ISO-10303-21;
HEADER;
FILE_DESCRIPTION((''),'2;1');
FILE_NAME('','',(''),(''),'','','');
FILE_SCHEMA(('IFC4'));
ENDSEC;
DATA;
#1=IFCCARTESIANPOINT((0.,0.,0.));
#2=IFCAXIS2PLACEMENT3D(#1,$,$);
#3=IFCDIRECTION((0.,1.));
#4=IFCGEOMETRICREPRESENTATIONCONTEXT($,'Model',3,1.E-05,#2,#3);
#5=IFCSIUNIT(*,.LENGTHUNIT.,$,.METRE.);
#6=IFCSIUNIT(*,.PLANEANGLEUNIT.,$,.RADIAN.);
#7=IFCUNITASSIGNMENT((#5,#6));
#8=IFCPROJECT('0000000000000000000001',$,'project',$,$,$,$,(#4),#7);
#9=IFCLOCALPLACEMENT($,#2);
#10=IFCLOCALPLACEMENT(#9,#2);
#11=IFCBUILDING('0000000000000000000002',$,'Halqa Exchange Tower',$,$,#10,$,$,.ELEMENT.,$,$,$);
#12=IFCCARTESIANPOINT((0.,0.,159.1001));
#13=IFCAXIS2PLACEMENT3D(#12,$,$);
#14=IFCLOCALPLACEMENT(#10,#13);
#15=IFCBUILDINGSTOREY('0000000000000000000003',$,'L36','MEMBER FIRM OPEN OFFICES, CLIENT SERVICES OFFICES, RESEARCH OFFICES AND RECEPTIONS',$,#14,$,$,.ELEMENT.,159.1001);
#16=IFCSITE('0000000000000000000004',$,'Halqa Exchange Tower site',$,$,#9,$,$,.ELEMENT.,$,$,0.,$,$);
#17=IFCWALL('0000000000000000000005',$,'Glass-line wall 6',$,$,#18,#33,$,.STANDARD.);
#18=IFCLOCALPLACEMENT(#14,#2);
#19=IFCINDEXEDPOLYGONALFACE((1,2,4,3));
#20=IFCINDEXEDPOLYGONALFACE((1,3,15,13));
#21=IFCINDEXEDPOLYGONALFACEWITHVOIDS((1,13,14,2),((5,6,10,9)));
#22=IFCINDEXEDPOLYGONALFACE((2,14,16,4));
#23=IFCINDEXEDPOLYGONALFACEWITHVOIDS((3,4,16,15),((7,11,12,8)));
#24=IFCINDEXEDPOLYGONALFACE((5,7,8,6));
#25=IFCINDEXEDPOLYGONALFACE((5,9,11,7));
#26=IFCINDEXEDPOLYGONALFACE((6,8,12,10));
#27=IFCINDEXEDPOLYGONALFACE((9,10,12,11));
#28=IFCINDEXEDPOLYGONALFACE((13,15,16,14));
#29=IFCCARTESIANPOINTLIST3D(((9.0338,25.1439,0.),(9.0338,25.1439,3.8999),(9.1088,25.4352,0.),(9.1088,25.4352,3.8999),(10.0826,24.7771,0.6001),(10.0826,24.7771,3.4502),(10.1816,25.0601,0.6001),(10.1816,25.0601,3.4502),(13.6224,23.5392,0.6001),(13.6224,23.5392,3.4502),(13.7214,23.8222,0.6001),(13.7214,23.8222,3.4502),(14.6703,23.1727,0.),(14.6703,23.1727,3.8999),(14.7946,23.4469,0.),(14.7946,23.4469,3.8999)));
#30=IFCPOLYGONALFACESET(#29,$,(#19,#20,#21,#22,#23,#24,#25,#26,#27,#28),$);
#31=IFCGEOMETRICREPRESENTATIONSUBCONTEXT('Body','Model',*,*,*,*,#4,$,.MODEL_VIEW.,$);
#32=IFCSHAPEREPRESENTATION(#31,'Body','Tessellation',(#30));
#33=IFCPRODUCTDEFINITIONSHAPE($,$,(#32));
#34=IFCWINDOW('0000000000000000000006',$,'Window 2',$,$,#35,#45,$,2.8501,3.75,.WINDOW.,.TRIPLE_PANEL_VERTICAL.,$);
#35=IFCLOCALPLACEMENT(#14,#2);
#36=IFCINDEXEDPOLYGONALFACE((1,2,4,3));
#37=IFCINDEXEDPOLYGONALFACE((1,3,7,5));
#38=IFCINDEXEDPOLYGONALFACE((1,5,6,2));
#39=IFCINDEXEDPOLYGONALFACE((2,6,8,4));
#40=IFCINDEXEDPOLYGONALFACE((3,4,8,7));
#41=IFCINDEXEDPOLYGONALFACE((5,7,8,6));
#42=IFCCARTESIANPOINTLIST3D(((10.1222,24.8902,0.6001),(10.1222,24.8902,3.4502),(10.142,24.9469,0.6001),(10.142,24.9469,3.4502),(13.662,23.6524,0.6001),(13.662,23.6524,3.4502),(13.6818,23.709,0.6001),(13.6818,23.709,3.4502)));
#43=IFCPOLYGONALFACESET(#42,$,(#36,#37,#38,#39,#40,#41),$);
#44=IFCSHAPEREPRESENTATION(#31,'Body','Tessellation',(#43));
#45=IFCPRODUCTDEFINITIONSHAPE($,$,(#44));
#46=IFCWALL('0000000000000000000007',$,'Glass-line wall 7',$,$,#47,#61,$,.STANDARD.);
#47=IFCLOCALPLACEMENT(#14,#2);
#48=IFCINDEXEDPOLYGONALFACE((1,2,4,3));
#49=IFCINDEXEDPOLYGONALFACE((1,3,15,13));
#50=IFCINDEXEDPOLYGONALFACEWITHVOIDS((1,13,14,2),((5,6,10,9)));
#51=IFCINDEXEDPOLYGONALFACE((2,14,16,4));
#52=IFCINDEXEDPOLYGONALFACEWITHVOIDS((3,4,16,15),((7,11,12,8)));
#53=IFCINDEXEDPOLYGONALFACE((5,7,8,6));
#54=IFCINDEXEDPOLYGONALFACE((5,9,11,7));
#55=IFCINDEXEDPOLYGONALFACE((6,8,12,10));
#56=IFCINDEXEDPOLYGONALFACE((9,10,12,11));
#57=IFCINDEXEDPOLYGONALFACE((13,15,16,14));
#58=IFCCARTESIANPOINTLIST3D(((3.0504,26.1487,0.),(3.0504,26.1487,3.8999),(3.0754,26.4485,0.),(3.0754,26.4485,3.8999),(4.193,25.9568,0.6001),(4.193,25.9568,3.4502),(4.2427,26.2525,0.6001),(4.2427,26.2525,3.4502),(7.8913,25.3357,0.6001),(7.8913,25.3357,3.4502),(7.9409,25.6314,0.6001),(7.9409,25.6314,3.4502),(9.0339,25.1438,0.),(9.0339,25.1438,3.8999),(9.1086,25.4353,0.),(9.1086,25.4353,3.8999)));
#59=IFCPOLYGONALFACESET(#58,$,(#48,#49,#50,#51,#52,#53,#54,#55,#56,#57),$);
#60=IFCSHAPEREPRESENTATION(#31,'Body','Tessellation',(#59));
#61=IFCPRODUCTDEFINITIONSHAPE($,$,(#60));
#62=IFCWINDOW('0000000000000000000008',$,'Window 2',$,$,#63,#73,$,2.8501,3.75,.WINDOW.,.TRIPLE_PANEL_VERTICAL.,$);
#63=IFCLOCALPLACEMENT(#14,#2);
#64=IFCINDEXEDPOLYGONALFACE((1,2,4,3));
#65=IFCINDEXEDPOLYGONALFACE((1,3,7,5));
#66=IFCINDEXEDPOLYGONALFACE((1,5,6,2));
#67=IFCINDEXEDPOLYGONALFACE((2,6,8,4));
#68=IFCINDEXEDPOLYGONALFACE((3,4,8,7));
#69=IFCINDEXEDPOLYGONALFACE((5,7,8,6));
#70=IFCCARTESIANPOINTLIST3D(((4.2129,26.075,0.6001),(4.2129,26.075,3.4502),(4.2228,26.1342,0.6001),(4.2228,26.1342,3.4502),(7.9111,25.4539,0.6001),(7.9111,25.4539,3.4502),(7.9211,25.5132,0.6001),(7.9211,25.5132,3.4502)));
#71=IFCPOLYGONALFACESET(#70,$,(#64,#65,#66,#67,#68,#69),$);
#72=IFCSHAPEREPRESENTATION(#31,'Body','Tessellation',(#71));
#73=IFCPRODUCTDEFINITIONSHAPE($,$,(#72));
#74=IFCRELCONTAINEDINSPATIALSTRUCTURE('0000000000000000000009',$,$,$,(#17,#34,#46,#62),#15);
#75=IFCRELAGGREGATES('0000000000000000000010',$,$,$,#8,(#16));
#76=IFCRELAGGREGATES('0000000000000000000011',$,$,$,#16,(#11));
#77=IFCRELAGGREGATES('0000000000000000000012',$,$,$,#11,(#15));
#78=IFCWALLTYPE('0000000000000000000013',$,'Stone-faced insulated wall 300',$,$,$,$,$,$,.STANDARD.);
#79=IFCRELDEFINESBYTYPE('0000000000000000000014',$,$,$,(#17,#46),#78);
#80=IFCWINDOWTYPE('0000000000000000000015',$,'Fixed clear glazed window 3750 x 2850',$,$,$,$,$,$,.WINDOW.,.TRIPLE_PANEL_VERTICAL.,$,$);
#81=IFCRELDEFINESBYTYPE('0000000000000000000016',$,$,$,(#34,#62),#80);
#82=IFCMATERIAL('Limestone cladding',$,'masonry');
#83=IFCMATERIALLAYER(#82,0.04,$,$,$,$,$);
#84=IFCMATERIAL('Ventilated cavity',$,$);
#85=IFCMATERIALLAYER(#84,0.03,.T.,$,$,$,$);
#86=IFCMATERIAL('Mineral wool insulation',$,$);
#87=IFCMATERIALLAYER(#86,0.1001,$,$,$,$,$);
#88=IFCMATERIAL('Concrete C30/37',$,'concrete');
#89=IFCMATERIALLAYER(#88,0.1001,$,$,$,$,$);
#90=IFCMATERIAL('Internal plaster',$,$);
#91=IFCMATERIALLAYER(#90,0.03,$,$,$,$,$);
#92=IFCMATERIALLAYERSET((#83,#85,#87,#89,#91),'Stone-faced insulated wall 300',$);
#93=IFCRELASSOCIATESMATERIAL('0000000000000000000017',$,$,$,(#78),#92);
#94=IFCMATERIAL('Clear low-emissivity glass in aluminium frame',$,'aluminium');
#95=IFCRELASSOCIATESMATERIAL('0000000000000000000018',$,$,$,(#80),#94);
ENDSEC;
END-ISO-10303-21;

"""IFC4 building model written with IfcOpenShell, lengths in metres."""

from ifc_helpers import new_model, si_unit, direction, frame, frame_2d, origin, place, context, subcontext, project, spatial, polyline, rectangle, outline, extrude, material, layer, layer_set, type_object, element, fill, save


model = new_model("IFC4")

# Units and contexts
model_context = context("Model", 3, precision=1e-05, world=origin(), true_north=direction((0.0, 1.0)))
body_context = subcontext(model_context, "Body", "Model", "MODEL_VIEW")
ifc_project = project(units=[si_unit("LENGTHUNIT", "METRE"), si_unit("PLANEANGLEUNIT", "RADIAN")], contexts=[model_context])

# Site, building, storey
site_placement = place(None, origin())
site = spatial("IfcSite", under=ifc_project, at=site_placement, Name="Halqa Exchange Tower site", CompositionType="ELEMENT", RefElevation=0.0)
building_placement = place(site_placement, origin())
building = spatial("IfcBuilding", under=site, at=building_placement, Name="Halqa Exchange Tower", CompositionType="ELEMENT")
storey_placement = place(building_placement, frame((0.0, 0.0, 159.1001)))
storey = spatial("IfcBuildingStorey", under=building, at=storey_placement, Name="L36", Description="MEMBER FIRM OPEN OFFICES, CLIENT SERVICES OFFICES, RESEARCH OFFICES AND RECEPTIONS", CompositionType="ELEMENT", Elevation=159.1001)

# Shared definitions
ifc_material_1 = material(Name="Limestone cladding", Category="masonry")
ifc_layer_1 = layer(ifc_material_1, 0.04)
ifc_material_2 = material(Name="Ventilated cavity")
ifc_layer_2 = layer(ifc_material_2, 0.03, ventilated=True)
ifc_material_3 = material(Name="Mineral wool insulation")
ifc_layer_3 = layer(ifc_material_3, 0.1001)
ifc_material_4 = material(Name="Concrete C30/37", Category="concrete")
ifc_layer_4 = layer(ifc_material_4, 0.1001)
ifc_material_5 = material(Name="Internal plaster")
ifc_layer_5 = layer(ifc_material_5, 0.03)
ifc_layer_set_1 = layer_set([ifc_layer_1, ifc_layer_2, ifc_layer_3, ifc_layer_4, ifc_layer_5], Name="Stone-faced insulated wall 300")
wall_type_1 = type_object("IfcWallType", Name="Stone-faced insulated wall 300", PredefinedType="STANDARD", material=ifc_layer_set_1)
ifc_material_6 = material(Name="Clear low-emissivity glass in aluminium frame", Category="aluminium")

# Walls, openings, windows
window_type = type_object("IfcWindowType", Name="Fixed clear glazed window 3750 x 2850", PartitioningType="TRIPLE_PANEL_VERTICAL", PredefinedType="WINDOW", material=ifc_material_6)
wall_1_placement = place(storey_placement, frame((14.7324, 23.3098, 0.0), z_axis=(0.0, 0.0, 1.0), x_axis=(-0.943945, 0.330104, 0.0)))
wall_1 = element("IfcWall", 1, at=wall_1_placement, inside=storey, type_object=wall_type_1, Name="Glass-line wall 6", PredefinedType="STANDARD", context=body_context, shape_type="SweptSolid", body=[
    extrude(outline(polyline([(-0.0134, -0.1499), (6.01, -0.1499), (5.9846, 0.1499), (0.0134, 0.1499), (-0.0134, -0.1499)])), origin(), (0.0, 0.0, 1.0), 3.8999),
])
opening_1_placement = place(wall_1_placement, frame((1.1235, 0.0, 0.6001)))
opening_1 = element("IfcOpeningElement", 2, at=opening_1_placement, cuts=wall_1, PredefinedType="OPENING", context=body_context, shape_type="SweptSolid", body=[
    extrude(rectangle(XDim=3.75, YDim=2.8501, at=frame_2d((1.875, 1.425))), frame((0.0, 0.1621, 0.0), z_axis=(0.0, -1.0, 0.0), x_axis=(1.0, 0.0, 0.0)), (0.0, 0.0, 1.0), 0.324),
])
window_1_placement = place(opening_1_placement, origin())
window_1 = element("IfcWindow", 3, at=window_1_placement, inside=storey, type_object=window_type, Name="Window 2", OverallHeight=2.8501, OverallWidth=3.75, PartitioningType="TRIPLE_PANEL_VERTICAL", PredefinedType="WINDOW", context=body_context, shape_type="SweptSolid", body=[
    extrude(rectangle(XDim=3.75, YDim=2.8501, at=frame_2d((1.875, 1.425))), frame((0.0, 0.03, 0.0), z_axis=(0.0, -1.0, 0.0), x_axis=(1.0, 0.0, 0.0)), (0.0, 0.0, 1.0), 0.0601),
])
fill(opening_1, window_1)
wall_2_placement = place(storey_placement, frame((9.0713, 25.2896, 0.0), z_axis=(0.0, 0.0, 1.0), x_axis=(-0.98619, 0.165621, 0.0)))
wall_2 = element("IfcWall", 4, at=wall_2_placement, inside=storey, type_object=wall_type_1, Name="Glass-line wall 7", PredefinedType="STANDARD", context=body_context, shape_type="SweptSolid", body=[
    extrude(outline(polyline([(-0.0127, -0.1499), (6.105, -0.1499), (6.0801, 0.1499), (0.0127, 0.1499), (-0.0127, -0.1499)])), origin(), (0.0, 0.0, 1.0), 3.8999),
])
opening_2_placement = place(wall_2_placement, frame((1.1714, 0.0, 0.6001)))
opening_2 = element("IfcOpeningElement", 5, at=opening_2_placement, cuts=wall_2, PredefinedType="OPENING", context=body_context, shape_type="SweptSolid", body=[
    extrude(rectangle(XDim=3.75, YDim=2.8501, at=frame_2d((1.875, 1.425))), frame((0.0, 0.1621, 0.0), z_axis=(0.0, -1.0, 0.0), x_axis=(1.0, 0.0, 0.0)), (0.0, 0.0, 1.0), 0.324),
])
window_2_placement = place(opening_2_placement, origin())
window_2 = element("IfcWindow", 6, at=window_2_placement, inside=storey, type_object=window_type, Name="Window 2", OverallHeight=2.8501, OverallWidth=3.75, PartitioningType="TRIPLE_PANEL_VERTICAL", PredefinedType="WINDOW", context=body_context, shape_type="SweptSolid", body=[
    extrude(rectangle(XDim=3.75, YDim=2.8501, at=frame_2d((1.875, 1.425))), frame((0.0, 0.03, 0.0), z_axis=(0.0, -1.0, 0.0), x_axis=(1.0, 0.0, 0.0)), (0.0, 0.0, 1.0), 0.0601),
])
fill(opening_2, window_2)

save(model, "model.ifc")
